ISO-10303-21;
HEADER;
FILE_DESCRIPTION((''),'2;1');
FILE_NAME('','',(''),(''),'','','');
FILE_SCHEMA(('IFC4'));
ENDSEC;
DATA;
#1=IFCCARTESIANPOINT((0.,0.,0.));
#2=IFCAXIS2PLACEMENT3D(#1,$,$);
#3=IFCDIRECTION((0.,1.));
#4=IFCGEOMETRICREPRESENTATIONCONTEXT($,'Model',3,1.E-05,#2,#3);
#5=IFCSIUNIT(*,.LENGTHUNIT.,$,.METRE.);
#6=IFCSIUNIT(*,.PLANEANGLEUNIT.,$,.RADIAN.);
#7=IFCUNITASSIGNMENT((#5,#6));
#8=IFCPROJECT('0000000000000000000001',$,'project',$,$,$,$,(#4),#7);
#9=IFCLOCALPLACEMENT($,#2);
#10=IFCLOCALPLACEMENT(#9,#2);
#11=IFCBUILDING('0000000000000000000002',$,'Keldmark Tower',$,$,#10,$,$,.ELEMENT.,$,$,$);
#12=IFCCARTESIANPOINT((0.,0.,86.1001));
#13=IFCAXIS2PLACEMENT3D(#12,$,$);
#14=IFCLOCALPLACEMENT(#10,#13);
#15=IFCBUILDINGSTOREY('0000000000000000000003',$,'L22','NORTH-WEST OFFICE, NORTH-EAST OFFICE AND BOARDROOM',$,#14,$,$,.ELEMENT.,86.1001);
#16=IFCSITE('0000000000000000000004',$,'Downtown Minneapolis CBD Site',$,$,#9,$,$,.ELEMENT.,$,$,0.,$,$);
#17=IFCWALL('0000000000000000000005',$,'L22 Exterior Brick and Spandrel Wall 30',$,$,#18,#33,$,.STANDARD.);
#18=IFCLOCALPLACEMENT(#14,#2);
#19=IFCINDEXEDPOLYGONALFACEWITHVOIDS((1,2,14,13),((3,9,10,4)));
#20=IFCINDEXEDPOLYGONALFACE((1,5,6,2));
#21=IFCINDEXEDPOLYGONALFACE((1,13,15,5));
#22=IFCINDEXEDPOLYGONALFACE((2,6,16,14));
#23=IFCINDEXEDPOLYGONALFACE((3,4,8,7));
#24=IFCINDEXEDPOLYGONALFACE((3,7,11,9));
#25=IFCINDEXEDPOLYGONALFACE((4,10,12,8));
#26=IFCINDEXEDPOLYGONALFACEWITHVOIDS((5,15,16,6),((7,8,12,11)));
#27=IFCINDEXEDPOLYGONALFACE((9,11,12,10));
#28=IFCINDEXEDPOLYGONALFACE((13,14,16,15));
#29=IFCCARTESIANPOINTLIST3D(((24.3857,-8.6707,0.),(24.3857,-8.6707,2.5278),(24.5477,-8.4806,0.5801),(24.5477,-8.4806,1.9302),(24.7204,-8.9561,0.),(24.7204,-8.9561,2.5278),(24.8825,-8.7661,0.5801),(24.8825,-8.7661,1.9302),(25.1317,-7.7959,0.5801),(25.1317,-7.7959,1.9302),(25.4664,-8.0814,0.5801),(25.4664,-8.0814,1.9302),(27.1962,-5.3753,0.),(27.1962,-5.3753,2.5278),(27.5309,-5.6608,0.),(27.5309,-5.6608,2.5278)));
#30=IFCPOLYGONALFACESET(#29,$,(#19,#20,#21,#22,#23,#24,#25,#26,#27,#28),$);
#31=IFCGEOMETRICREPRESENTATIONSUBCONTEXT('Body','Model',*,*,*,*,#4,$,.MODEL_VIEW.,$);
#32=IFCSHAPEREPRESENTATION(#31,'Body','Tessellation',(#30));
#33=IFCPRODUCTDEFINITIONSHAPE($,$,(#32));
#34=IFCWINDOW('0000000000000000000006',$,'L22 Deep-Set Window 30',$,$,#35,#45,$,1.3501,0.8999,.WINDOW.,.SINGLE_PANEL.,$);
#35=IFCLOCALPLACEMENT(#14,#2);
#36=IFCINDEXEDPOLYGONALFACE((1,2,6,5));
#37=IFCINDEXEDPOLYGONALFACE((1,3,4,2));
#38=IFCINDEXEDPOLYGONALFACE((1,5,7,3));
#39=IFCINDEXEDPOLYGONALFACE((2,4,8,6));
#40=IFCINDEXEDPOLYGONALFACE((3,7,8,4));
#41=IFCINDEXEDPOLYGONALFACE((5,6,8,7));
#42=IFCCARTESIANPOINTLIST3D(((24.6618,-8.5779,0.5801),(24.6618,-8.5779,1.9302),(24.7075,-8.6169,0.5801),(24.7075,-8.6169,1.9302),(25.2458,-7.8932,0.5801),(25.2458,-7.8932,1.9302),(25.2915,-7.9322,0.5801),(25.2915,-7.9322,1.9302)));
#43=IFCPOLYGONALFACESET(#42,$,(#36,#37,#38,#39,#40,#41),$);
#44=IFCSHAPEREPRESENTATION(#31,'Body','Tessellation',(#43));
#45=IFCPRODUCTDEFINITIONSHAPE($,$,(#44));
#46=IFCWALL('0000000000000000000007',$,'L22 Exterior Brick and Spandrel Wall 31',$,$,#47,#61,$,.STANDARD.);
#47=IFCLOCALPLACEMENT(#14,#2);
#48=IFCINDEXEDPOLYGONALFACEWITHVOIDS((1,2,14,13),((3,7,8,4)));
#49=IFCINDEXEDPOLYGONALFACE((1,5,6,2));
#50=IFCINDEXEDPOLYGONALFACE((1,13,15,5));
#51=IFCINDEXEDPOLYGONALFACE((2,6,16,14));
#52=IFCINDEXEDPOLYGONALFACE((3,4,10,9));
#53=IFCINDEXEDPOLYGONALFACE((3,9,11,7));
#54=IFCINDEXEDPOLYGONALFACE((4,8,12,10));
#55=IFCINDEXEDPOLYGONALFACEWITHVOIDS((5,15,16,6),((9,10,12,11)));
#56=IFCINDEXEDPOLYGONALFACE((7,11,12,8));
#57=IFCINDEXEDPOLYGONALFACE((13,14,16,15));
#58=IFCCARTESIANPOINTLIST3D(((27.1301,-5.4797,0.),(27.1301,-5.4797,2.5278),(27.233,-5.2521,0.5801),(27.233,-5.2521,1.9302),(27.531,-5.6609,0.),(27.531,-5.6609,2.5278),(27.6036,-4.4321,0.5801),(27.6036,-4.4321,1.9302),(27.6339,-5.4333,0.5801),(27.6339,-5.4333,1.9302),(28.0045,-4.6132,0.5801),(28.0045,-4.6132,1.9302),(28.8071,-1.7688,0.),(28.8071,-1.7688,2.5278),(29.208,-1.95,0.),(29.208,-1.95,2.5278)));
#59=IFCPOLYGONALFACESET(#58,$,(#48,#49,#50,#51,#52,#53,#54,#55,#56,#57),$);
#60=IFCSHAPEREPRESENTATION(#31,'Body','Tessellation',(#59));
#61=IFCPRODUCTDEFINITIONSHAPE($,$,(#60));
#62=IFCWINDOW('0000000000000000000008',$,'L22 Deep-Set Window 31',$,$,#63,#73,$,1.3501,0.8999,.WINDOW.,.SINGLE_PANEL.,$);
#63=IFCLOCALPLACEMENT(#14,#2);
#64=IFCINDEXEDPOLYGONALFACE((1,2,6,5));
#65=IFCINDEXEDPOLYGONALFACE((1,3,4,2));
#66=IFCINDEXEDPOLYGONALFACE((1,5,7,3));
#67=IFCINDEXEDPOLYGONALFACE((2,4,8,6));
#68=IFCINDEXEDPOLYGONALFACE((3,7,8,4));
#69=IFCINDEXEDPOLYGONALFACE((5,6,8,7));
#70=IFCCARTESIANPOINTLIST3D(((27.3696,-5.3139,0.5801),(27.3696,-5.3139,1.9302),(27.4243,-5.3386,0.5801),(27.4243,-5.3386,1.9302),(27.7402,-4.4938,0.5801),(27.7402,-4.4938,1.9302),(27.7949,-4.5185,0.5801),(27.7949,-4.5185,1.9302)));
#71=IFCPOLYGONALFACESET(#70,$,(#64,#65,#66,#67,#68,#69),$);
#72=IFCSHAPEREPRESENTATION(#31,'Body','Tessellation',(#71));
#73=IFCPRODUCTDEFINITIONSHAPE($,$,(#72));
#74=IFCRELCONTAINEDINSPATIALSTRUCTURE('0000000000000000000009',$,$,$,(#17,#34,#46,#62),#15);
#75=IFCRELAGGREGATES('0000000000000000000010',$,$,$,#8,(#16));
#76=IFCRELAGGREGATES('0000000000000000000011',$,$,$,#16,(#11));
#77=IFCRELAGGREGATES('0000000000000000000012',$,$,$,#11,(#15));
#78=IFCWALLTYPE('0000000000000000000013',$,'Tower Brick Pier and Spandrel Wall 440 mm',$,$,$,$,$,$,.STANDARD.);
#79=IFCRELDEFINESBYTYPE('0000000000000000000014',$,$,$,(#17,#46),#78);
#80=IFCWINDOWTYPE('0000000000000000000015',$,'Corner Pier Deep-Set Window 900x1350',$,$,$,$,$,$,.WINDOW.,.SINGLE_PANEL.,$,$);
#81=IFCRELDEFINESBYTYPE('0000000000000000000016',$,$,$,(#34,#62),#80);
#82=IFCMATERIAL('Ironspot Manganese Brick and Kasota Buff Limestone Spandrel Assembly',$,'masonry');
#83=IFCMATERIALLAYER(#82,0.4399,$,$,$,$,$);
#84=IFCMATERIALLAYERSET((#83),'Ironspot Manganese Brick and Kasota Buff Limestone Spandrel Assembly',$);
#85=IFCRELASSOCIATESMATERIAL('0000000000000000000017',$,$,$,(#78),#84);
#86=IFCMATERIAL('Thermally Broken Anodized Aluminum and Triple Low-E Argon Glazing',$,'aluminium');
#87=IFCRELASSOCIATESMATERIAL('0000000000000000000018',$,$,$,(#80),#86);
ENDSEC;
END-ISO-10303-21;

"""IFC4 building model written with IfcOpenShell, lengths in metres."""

from ifc_helpers import new_model, si_unit, direction, frame, frame_2d, origin, place, context, subcontext, project, spatial, rectangle, extrude, material, layer, layer_set, type_object, element, fill, save


model = new_model("IFC4")

# Units and contexts
model_context = context("Model", 3, precision=1e-05, world=origin(), true_north=direction((0.0, 1.0)))
body_context = subcontext(model_context, "Body", "Model", "MODEL_VIEW")
ifc_project = project(units=[si_unit("LENGTHUNIT", "METRE"), si_unit("PLANEANGLEUNIT", "RADIAN")], contexts=[model_context])

# Site, building, storey
site_placement = place(None, origin())
site = spatial("IfcSite", under=ifc_project, at=site_placement, Name="Downtown Minneapolis CBD Site", CompositionType="ELEMENT", RefElevation=0.0)
building_placement = place(site_placement, origin())
building = spatial("IfcBuilding", under=site, at=building_placement, Name="Keldmark Tower", CompositionType="ELEMENT")
storey_placement = place(building_placement, frame((0.0, 0.0, 86.1001)))
storey = spatial("IfcBuildingStorey", under=building, at=storey_placement, Name="L22", Description="NORTH-WEST OFFICE, NORTH-EAST OFFICE AND BOARDROOM", CompositionType="ELEMENT", Elevation=86.1001)

# Walls, openings, windows
ifc_material_1 = material(Name="Ironspot Manganese Brick and Kasota Buff Limestone Spandrel Assembly", Category="masonry")
ifc_layer_1 = layer(ifc_material_1, 0.4399)
ifc_layer_set_1 = layer_set([ifc_layer_1], Name="Ironspot Manganese Brick and Kasota Buff Limestone Spandrel Assembly")
wall_type_1 = type_object("IfcWallType", Name="Tower Brick Pier and Spandrel Wall 440 mm", PredefinedType="STANDARD", material=ifc_layer_set_1)
wall_1_placement = place(storey_placement, frame((27.3635, -5.5181, 0.0), z_axis=(0.0, 0.0, 1.0), x_axis=(-0.648914, -0.760862, 0.0)))
wall_1 = element("IfcWall", 1, at=wall_1_placement, inside=storey, type_object=wall_type_1, Name="L22 Exterior Brick and Spandrel Wall 30", PredefinedType="STANDARD", context=body_context, shape_type="SweptSolid", body=[
    extrude(rectangle(XDim=4.3311, YDim=0.4399, at=frame_2d((2.1655, 0.0))), origin(), (0.0, 0.0, 1.0), 2.5278),
])
opening_1_placement = place(wall_1_placement, frame((3.1814, 0.0, 0.5801)))
opening_1 = element("IfcOpeningElement", 2, at=opening_1_placement, cuts=wall_1, PredefinedType="OPENING", context=body_context, shape_type="SweptSolid", body=[
    extrude(rectangle(XDim=0.8999, YDim=1.3501, at=frame_2d((0.45, 0.675))), frame((0.0, 0.23, 0.0), z_axis=(0.0, -1.0, 0.0), x_axis=(1.0, 0.0, 0.0)), (0.0, 0.0, 1.0), 0.46),
])
ifc_material_2 = material(Name="Thermally Broken Anodized Aluminum and Triple Low-E Argon Glazing", Category="aluminium")
window_type = type_object("IfcWindowType", Name="Corner Pier Deep-Set Window 900x1350", PartitioningType="SINGLE_PANEL", PredefinedType="WINDOW", material=ifc_material_2)
window_1_placement = place(opening_1_placement, origin())
window_1 = element("IfcWindow", 3, at=window_1_placement, inside=storey, type_object=window_type, Name="L22 Deep-Set Window 30", OverallHeight=1.3501, OverallWidth=0.8999, PartitioningType="SINGLE_PANEL", PredefinedType="WINDOW", context=body_context, shape_type="SweptSolid", body=[
    extrude(rectangle(XDim=0.8999, YDim=1.3501, at=frame_2d((0.45, 0.675))), frame((0.0, -0.01, 0.0), z_axis=(0.0, -1.0, 0.0), x_axis=(1.0, 0.0, 0.0)), (0.0, 0.0, 1.0), 0.0601),
])
fill(opening_1, window_1)
wall_2_placement = place(storey_placement, frame((29.0076, -1.8594, 0.0), z_axis=(0.0, 0.0, 1.0), x_axis=(-0.41181, -0.91127, 0.0)))
wall_2 = element("IfcWall", 4, at=wall_2_placement, inside=storey, type_object=wall_type_1, Name="L22 Exterior Brick and Spandrel Wall 31", PredefinedType="STANDARD", context=body_context, shape_type="SweptSolid", body=[
    extrude(rectangle(XDim=4.0723, YDim=0.4399, at=frame_2d((2.0361, 0.0))), origin(), (0.0, 0.0, 1.0), 2.5278),
])
opening_2_placement = place(wall_2_placement, frame((2.9226, 0.0, 0.5801)))
opening_2 = element("IfcOpeningElement", 5, at=opening_2_placement, cuts=wall_2, PredefinedType="OPENING", context=body_context, shape_type="SweptSolid", body=[
    extrude(rectangle(XDim=0.8999, YDim=1.3501, at=frame_2d((0.45, 0.675))), frame((0.0, 0.23, 0.0), z_axis=(0.0, -1.0, 0.0), x_axis=(1.0, 0.0, 0.0)), (0.0, 0.0, 1.0), 0.46),
])
window_2_placement = place(opening_2_placement, origin())
window_2 = element("IfcWindow", 6, at=window_2_placement, inside=storey, type_object=window_type, Name="L22 Deep-Set Window 31", OverallHeight=1.3501, OverallWidth=0.8999, PartitioningType="SINGLE_PANEL", PredefinedType="WINDOW", context=body_context, shape_type="SweptSolid", body=[
    extrude(rectangle(XDim=0.8999, YDim=1.3501, at=frame_2d((0.45, 0.675))), frame((0.0, -0.01, 0.0), z_axis=(0.0, -1.0, 0.0), x_axis=(1.0, 0.0, 0.0)), (0.0, 0.0, 1.0), 0.0601),
])
fill(opening_2, window_2)

save(model, "model.ifc")
